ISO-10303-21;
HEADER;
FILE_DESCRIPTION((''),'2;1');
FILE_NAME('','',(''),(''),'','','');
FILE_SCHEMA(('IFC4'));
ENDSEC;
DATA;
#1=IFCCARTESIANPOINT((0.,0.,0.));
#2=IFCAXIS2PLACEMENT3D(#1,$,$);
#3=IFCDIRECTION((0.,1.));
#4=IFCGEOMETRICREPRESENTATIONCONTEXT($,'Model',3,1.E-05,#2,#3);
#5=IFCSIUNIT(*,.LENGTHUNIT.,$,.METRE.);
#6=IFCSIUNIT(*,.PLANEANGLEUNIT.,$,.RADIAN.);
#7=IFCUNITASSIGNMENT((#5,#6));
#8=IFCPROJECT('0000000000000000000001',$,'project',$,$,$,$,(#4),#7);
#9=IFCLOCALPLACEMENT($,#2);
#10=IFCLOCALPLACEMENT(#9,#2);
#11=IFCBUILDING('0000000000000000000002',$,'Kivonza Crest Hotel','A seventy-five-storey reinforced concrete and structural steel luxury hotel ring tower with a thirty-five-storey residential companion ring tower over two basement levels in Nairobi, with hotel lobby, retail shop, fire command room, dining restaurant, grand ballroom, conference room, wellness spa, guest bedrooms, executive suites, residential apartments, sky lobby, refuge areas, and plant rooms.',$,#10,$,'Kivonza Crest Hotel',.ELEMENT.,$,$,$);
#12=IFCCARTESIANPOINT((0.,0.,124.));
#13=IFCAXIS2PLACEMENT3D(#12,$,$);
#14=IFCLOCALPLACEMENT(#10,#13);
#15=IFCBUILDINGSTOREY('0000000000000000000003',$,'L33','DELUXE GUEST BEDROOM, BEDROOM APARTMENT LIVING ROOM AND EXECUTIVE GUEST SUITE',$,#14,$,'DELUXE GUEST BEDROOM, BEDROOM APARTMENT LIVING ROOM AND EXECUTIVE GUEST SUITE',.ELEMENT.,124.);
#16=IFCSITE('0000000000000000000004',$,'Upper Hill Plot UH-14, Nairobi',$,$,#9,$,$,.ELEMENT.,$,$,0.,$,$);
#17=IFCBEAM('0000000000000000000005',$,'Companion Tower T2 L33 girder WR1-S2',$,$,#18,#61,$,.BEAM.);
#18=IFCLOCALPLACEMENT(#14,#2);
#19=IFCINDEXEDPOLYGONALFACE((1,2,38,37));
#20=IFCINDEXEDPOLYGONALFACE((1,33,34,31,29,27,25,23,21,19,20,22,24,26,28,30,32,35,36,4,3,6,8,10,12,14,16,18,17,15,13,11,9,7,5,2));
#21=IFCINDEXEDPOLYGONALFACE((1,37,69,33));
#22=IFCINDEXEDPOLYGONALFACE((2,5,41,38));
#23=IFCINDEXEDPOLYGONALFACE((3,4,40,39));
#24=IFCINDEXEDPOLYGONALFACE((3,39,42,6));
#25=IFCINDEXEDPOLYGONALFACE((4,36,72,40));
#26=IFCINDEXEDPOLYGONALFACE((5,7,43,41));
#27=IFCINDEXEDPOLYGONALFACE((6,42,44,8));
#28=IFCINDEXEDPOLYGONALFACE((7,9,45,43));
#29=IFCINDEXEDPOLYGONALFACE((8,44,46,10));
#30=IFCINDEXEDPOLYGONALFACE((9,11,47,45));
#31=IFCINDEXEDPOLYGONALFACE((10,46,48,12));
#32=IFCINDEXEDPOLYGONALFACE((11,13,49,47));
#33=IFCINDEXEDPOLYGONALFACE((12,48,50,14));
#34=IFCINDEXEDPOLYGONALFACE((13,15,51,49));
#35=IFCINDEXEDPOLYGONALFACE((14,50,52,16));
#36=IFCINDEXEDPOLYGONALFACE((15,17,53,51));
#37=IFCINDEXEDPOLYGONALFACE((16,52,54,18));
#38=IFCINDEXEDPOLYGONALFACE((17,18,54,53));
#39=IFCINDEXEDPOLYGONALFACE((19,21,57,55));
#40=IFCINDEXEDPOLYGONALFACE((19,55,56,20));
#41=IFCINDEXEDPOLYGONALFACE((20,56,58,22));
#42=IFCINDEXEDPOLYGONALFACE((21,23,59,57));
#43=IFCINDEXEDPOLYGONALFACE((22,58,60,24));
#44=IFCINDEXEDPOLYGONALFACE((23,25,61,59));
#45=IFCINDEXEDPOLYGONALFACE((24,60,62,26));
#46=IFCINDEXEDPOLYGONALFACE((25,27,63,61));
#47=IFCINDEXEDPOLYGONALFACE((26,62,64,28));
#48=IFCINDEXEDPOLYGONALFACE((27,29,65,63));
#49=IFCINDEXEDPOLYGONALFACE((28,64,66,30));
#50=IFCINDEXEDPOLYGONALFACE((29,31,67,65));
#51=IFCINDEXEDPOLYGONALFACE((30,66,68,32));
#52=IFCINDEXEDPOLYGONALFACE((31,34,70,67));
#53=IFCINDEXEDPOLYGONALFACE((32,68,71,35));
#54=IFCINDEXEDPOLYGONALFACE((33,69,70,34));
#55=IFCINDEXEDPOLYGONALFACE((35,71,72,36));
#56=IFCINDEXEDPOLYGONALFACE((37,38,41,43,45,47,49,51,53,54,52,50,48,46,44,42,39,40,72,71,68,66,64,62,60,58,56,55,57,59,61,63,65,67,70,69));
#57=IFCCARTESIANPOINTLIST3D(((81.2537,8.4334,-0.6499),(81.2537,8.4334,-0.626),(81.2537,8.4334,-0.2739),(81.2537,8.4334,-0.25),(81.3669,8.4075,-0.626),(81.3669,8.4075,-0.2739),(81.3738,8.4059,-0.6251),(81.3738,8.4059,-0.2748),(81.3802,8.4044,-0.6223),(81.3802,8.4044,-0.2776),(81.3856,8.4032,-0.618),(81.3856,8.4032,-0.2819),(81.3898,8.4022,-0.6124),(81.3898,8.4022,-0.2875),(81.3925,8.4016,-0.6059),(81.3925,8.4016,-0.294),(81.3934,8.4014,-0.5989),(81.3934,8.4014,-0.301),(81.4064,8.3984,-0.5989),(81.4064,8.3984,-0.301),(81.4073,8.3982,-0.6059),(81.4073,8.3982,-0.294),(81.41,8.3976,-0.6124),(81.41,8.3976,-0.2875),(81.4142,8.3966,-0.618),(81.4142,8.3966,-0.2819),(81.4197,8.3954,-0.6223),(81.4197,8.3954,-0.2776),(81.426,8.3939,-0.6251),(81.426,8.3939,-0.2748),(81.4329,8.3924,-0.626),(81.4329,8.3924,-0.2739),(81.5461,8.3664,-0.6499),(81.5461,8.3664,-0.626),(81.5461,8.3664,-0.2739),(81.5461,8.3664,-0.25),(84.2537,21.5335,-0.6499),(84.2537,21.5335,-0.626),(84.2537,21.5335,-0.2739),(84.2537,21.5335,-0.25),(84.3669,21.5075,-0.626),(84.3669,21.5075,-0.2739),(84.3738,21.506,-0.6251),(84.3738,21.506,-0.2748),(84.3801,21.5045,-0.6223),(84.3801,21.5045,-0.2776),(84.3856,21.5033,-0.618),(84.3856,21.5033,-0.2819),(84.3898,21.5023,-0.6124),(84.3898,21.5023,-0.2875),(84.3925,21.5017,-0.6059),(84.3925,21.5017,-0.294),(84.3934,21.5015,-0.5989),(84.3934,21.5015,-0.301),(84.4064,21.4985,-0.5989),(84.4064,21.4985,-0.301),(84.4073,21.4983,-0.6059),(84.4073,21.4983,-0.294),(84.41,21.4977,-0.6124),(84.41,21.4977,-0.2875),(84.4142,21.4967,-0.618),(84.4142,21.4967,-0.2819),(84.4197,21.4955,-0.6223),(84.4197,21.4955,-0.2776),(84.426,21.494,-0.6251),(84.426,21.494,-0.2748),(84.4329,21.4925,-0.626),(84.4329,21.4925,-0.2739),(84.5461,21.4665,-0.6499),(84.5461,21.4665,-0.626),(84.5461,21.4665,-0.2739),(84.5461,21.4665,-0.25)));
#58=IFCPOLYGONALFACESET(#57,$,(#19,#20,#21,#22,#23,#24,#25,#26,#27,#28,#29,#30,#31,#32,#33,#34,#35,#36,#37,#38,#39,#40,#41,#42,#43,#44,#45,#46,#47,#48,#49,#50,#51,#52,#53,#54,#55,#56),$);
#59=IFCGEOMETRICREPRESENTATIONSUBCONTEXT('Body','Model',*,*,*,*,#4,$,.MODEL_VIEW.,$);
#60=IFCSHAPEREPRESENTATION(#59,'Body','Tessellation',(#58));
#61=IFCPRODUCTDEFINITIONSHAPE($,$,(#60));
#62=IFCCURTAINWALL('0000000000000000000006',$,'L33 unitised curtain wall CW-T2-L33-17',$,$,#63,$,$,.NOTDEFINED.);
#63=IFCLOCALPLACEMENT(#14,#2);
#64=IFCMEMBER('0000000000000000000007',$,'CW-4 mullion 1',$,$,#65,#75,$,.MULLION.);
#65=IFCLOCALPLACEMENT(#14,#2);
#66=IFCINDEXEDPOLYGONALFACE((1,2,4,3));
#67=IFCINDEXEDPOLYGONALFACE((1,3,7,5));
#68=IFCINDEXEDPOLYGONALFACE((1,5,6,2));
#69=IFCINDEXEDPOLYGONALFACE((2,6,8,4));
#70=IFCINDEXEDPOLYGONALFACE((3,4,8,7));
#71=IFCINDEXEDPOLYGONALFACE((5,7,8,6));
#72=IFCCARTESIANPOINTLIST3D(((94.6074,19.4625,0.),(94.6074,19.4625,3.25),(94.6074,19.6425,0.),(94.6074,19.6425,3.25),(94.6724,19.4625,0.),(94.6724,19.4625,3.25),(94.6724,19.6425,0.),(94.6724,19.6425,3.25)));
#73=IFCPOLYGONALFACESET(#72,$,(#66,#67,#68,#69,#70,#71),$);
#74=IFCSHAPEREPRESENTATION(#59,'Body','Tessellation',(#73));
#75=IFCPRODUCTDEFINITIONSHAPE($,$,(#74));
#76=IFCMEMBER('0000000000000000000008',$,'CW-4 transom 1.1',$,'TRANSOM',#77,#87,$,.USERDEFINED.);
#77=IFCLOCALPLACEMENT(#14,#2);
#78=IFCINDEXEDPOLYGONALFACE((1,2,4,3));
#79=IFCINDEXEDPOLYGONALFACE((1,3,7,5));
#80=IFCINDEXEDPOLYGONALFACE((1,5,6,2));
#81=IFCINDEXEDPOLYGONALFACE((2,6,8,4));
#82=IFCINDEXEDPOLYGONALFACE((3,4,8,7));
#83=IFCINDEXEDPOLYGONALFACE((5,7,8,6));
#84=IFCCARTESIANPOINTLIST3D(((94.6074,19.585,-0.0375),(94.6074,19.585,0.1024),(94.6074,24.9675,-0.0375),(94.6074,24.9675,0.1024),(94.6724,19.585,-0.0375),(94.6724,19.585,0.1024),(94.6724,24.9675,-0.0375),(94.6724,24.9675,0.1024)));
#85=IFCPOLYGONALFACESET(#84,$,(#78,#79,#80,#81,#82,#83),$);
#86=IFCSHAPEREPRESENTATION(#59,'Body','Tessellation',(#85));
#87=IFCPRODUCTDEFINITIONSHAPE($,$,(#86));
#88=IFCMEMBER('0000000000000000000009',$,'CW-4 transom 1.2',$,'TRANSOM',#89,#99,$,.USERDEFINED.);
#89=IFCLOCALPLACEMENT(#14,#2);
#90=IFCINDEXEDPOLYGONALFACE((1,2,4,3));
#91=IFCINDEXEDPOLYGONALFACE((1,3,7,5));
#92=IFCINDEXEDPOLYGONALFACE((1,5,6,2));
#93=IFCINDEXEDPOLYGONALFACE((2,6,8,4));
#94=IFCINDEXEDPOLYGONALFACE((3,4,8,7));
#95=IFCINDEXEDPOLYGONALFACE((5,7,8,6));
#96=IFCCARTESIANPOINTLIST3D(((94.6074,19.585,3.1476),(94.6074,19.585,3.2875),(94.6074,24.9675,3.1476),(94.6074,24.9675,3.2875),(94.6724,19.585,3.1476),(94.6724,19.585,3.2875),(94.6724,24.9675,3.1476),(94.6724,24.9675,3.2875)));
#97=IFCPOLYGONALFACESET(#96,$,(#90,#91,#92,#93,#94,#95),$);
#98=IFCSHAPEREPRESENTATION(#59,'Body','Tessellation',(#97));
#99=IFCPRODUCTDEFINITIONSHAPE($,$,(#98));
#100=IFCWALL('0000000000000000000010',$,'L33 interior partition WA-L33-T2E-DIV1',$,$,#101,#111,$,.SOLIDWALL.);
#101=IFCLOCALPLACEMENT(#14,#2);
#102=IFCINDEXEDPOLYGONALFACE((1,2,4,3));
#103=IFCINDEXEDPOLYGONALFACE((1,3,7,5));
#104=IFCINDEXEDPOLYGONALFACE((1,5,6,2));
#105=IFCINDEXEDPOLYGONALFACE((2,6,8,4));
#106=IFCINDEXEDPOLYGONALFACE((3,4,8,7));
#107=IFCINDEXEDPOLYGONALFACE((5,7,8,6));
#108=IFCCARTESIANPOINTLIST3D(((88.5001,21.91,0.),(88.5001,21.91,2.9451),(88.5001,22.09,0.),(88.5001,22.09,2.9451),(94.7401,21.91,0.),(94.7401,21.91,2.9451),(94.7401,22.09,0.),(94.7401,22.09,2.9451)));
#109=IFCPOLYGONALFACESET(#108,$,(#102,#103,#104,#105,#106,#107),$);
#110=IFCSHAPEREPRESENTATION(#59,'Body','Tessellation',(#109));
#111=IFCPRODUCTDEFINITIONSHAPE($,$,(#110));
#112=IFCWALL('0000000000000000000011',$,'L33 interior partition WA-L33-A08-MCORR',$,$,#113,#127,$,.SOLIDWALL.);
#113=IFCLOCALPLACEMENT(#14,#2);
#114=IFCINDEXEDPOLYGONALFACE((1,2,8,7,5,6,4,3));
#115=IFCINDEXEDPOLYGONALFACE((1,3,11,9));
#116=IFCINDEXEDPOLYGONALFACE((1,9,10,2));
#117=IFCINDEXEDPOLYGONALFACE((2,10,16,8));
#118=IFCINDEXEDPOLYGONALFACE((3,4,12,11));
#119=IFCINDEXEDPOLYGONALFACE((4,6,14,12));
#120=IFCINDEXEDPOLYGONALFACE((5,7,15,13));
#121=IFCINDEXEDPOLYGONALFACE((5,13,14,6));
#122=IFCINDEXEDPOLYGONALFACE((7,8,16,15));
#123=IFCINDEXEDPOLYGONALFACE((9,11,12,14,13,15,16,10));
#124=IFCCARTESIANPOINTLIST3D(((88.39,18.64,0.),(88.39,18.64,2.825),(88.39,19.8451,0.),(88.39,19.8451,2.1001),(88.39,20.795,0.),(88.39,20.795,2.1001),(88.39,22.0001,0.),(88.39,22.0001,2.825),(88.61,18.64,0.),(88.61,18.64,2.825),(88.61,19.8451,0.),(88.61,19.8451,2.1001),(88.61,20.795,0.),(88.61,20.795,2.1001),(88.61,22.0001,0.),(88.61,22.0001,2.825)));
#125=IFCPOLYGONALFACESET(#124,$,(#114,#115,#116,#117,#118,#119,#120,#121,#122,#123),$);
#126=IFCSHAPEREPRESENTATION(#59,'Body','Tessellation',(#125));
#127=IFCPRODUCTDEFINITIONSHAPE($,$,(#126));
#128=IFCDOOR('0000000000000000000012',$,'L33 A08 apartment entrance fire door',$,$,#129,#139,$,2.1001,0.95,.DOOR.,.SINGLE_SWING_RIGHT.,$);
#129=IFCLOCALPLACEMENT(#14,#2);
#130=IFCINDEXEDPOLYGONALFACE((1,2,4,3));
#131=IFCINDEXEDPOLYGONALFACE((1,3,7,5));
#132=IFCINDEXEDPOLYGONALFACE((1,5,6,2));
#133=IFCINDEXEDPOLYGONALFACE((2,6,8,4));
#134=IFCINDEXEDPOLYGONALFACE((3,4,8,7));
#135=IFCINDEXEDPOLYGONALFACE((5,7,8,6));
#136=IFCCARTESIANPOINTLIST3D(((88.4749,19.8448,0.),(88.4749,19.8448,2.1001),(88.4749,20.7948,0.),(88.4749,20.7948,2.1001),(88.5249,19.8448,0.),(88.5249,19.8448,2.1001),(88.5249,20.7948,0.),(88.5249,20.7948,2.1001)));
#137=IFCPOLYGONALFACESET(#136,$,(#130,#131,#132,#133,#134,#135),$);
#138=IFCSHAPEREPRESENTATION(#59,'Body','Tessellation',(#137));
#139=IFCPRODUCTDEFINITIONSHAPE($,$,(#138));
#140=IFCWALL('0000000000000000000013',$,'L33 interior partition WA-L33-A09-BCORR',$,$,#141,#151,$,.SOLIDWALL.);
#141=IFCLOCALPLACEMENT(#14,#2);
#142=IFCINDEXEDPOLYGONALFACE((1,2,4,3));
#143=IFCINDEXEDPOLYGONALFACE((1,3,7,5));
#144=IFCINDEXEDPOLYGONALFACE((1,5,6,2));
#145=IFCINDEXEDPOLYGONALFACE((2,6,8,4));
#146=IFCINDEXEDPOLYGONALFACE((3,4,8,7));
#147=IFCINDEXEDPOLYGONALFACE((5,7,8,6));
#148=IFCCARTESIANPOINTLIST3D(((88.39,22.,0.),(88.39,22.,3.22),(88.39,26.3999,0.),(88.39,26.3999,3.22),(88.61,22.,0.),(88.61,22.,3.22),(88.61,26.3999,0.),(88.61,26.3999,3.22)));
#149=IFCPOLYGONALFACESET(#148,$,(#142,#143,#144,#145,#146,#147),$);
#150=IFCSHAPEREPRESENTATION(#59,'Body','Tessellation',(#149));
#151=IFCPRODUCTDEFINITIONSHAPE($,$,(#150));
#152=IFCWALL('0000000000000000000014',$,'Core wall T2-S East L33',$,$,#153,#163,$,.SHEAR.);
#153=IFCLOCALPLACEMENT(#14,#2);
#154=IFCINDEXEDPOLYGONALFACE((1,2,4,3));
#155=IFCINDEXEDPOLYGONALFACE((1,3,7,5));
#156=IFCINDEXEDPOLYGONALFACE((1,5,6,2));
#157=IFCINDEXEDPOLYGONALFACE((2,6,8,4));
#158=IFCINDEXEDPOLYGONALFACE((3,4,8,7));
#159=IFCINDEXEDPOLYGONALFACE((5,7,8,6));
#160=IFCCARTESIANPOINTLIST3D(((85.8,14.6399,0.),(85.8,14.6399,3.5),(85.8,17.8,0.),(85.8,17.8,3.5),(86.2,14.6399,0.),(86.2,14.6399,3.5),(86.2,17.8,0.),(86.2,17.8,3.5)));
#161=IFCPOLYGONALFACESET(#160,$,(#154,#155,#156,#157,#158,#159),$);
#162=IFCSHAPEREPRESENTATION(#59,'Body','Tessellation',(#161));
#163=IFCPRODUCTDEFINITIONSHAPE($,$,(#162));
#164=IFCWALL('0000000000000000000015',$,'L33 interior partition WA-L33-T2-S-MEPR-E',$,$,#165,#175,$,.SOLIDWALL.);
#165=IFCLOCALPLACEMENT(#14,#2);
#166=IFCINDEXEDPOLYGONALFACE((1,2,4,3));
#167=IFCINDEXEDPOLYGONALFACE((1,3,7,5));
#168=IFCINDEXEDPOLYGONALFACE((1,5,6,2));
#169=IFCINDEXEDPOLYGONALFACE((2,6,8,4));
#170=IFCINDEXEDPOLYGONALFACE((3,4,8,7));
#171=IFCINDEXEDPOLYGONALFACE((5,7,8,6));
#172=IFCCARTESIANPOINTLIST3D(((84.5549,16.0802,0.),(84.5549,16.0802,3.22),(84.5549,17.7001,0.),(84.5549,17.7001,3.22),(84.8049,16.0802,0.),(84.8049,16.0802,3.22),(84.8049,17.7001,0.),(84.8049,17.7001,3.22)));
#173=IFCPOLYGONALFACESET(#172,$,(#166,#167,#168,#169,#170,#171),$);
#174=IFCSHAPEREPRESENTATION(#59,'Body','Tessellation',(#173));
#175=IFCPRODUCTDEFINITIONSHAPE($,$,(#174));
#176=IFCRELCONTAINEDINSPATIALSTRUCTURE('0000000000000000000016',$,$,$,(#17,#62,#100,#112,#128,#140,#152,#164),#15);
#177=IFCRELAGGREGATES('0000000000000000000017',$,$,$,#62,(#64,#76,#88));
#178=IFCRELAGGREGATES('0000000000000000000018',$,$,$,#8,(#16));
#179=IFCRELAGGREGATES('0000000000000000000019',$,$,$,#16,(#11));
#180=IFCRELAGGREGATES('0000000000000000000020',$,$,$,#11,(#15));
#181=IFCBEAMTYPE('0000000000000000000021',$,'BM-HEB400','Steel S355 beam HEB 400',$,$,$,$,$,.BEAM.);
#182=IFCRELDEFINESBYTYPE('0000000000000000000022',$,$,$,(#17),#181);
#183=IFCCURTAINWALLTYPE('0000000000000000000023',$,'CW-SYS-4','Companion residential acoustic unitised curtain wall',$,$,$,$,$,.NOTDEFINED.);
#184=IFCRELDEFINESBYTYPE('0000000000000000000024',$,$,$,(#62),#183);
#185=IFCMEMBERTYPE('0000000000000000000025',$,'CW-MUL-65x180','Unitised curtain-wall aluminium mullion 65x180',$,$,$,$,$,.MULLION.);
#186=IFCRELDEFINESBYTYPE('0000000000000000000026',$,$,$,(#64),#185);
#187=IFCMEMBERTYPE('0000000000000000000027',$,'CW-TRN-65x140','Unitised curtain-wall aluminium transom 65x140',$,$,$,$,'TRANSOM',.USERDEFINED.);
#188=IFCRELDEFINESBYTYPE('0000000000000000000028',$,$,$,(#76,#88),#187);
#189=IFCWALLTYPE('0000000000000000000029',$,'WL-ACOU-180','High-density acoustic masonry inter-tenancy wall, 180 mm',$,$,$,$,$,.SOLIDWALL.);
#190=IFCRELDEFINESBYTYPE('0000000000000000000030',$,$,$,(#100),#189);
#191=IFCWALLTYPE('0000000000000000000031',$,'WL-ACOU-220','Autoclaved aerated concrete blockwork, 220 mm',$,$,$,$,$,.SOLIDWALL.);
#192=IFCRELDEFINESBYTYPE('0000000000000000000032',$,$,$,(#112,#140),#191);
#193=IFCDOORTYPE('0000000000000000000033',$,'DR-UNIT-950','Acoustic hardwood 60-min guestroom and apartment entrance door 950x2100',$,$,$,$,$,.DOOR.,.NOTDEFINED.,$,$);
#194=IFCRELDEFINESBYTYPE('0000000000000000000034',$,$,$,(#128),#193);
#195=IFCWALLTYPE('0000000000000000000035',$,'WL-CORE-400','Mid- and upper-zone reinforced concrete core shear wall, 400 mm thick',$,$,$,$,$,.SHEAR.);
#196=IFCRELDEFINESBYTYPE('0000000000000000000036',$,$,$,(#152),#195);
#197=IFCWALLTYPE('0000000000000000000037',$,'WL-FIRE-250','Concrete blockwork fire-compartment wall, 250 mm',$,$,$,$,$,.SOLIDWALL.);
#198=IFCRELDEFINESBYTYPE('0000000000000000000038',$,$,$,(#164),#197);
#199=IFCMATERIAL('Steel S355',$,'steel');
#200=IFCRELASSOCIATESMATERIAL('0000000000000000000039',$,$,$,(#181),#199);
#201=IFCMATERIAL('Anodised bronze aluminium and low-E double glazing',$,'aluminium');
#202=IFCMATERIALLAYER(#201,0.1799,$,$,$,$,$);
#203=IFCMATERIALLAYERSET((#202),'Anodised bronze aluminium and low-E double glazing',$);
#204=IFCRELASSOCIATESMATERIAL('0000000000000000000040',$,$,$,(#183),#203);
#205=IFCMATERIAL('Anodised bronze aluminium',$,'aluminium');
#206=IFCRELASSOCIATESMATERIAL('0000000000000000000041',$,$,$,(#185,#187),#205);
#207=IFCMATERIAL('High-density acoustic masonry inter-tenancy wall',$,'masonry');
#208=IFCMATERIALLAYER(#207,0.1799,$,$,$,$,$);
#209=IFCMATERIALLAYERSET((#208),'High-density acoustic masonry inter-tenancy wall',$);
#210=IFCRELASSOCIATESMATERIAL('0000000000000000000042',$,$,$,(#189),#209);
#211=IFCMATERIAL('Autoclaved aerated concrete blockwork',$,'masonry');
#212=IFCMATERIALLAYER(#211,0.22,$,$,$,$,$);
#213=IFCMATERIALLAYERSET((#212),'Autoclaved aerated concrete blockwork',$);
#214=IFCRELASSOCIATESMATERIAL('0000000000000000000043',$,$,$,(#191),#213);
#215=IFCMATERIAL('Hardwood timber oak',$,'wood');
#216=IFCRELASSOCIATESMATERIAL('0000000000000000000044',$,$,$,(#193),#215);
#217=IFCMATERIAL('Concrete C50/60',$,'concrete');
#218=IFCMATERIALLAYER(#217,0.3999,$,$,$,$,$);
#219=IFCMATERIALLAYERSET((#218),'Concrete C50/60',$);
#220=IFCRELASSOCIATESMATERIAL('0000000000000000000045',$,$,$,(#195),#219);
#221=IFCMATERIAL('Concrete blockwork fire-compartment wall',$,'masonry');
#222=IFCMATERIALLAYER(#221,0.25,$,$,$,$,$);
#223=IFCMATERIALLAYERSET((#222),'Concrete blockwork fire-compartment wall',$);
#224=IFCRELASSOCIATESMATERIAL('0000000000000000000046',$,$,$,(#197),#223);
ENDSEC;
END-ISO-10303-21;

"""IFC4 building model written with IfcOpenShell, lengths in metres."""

from ifc_helpers import new_model, si_unit, direction, frame, frame_2d, origin, origin_2d, place, context, subcontext, project, spatial, rectangle, i_section, extrude, material, layer, layer_set, material_profile, profile_set, type_object, element, fill, aggregate, save


model = new_model("IFC4")

# Units and contexts
model_context = context("Model", 3, precision=1e-05, world=origin(), true_north=direction((0.0, 1.0)))
body_context = subcontext(model_context, "Body", "Model", "MODEL_VIEW")
ifc_project = project(units=[si_unit("LENGTHUNIT", "METRE"), si_unit("PLANEANGLEUNIT", "RADIAN")], contexts=[model_context])

# Site, building, storey
site_placement = place(None, origin())
site = spatial("IfcSite", under=ifc_project, at=site_placement, Name="Upper Hill Plot UH-14, Nairobi", CompositionType="ELEMENT", RefElevation=0.0)
building_placement = place(site_placement, origin())
building = spatial("IfcBuilding", under=site, at=building_placement, Name="Kivonza Crest Hotel", Description="A seventy-five-storey reinforced concrete and structural steel luxury hotel ring tower with a thirty-five-storey residential companion ring tower over two basement levels in Nairobi, with hotel lobby, retail shop, fire command room, dining restaurant, grand ballroom, conference room, wellness spa, guest bedrooms, executive suites, residential apartments, sky lobby, refuge areas, and plant rooms.", LongName="Kivonza Crest Hotel", CompositionType="ELEMENT")
storey_placement = place(building_placement, frame((0.0, 0.0, 124.0)))
storey = spatial("IfcBuildingStorey", under=building, at=storey_placement, Name="L33", Description="DELUXE GUEST BEDROOM, BEDROOM APARTMENT LIVING ROOM AND EXECUTIVE GUEST SUITE", LongName="DELUXE GUEST BEDROOM, BEDROOM APARTMENT LIVING ROOM AND EXECUTIVE GUEST SUITE", CompositionType="ELEMENT", Elevation=124.0)

# Shared definitions
ifc_material_1 = material(Name="Concrete C50/60", Category="concrete")

# Beam
ifc_material_2 = material(Name="Steel S355", Category="steel")
ifc_material_profile_1 = material_profile(ifc_material_2, i_section(OverallWidth=0.3, OverallDepth=0.3999, WebThickness=0.0134, FlangeThickness=0.0239, FilletRadius=0.0271, at=origin_2d()), Name="HEB 400")
ifc_profile_set_1 = profile_set([ifc_material_profile_1], Name="Steel S355")
beam_type_1 = type_object("IfcBeamType", Name="BM-HEB400", Description="Steel S355 beam HEB 400", PredefinedType="BEAM", material=ifc_profile_set_1)
beam_1_placement = place(storey_placement, frame((84.3999, 21.5, -0.45), z_axis=(-0.223227, -0.974766, 0.0), x_axis=(0.974766, -0.223227, 0.0)))
element("IfcBeam", 1, at=beam_1_placement, inside=storey, type_object=beam_type_1, Name="Companion Tower T2 L33 girder WR1-S2", PredefinedType="BEAM", context=body_context, shape_type="SweptSolid", body=[
    extrude(i_section(OverallWidth=0.3, OverallDepth=0.3999, WebThickness=0.0134, FlangeThickness=0.0239, FilletRadius=0.0271, at=origin_2d()), origin(), (0.0, 0.0, 1.0), 13.4392),
])

# Curtain wall, members
ifc_material_3 = material(Name="Anodised bronze aluminium and low-E double glazing", Category="aluminium")
ifc_layer_1 = layer(ifc_material_3, 0.1799)
ifc_layer_set_1 = layer_set([ifc_layer_1], Name="Anodised bronze aluminium and low-E double glazing")
curtain_wall_type = type_object("IfcCurtainWallType", Name="CW-SYS-4", Description="Companion residential acoustic unitised curtain wall", PredefinedType="NOTDEFINED", material=ifc_layer_set_1)
curtain_wall_placement = place(storey_placement, origin())
curtain_wall = element("IfcCurtainWall", 2, at=curtain_wall_placement, inside=storey, type_object=curtain_wall_type, Name="L33 unitised curtain wall CW-T2-L33-17", PredefinedType="NOTDEFINED")
ifc_material_4 = material(Name="Anodised bronze aluminium", Category="aluminium")
ifc_material_profile_2 = material_profile(ifc_material_4, rectangle(XDim=0.0649, YDim=0.1799, at=origin_2d()), Name="CW-M 65x180")
ifc_profile_set_2 = profile_set([ifc_material_profile_2], Name="Anodised bronze aluminium")
member_type_1 = type_object("IfcMemberType", Name="CW-MUL-65x180", Description="Unitised curtain-wall aluminium mullion 65x180", PredefinedType="MULLION", material=ifc_profile_set_2)
member_1_placement = place(storey_placement, frame((94.6399, 19.5525, 0.0), z_axis=(0.0, 0.0, 1.0), x_axis=(-1.0, 0.0, 0.0)))
member_1 = element("IfcMember", 3, at=member_1_placement, type_object=member_type_1, Name="CW-4 mullion 1", PredefinedType="MULLION", context=body_context, shape_type="SweptSolid", body=[
    extrude(rectangle(XDim=0.0649, YDim=0.1799, at=origin_2d()), origin(), (0.0, 0.0, 1.0), 3.25),
])
ifc_material_profile_3 = material_profile(ifc_material_4, rectangle(XDim=0.0649, YDim=0.1399, at=origin_2d()), Name="CW-T 65x140")
ifc_profile_set_3 = profile_set([ifc_material_profile_3], Name="Anodised bronze aluminium")
member_type_2 = type_object("IfcMemberType", Name="CW-TRN-65x140", Description="Unitised curtain-wall aluminium transom 65x140", ElementType="TRANSOM", PredefinedType="USERDEFINED", material=ifc_profile_set_3)
member_2_placement = place(storey_placement, frame((94.6399, 19.585, 0.0325), z_axis=(0.0, 1.0, 0.0), x_axis=(-1.0, 0.0, 0.0)))
member_2 = element("IfcMember", 4, at=member_2_placement, type_object=member_type_2, Name="CW-4 transom 1.1", ObjectType="TRANSOM", PredefinedType="USERDEFINED", context=body_context, shape_type="SweptSolid", body=[
    extrude(rectangle(XDim=0.0649, YDim=0.1399, at=origin_2d()), origin(), (0.0, 0.0, 1.0), 5.3826),
])
member_3_placement = place(storey_placement, frame((94.6399, 19.585, 3.2175), z_axis=(0.0, 1.0, 0.0), x_axis=(-1.0, 0.0, 0.0)))
member_3 = element("IfcMember", 5, at=member_3_placement, type_object=member_type_2, Name="CW-4 transom 1.2", ObjectType="TRANSOM", PredefinedType="USERDEFINED", context=body_context, shape_type="SweptSolid", body=[
    extrude(rectangle(XDim=0.0649, YDim=0.1399, at=origin_2d()), origin(), (0.0, 0.0, 1.0), 5.3826),
])
aggregate(curtain_wall, [member_1, member_2, member_3])

# Wall
ifc_material_5 = material(Name="High-density acoustic masonry inter-tenancy wall", Category="masonry")
ifc_layer_2 = layer(ifc_material_5, 0.1799)
ifc_layer_set_2 = layer_set([ifc_layer_2], Name="High-density acoustic masonry inter-tenancy wall")
wall_type_1 = type_object("IfcWallType", Name="WL-ACOU-180", Description="High-density acoustic masonry inter-tenancy wall, 180 mm", PredefinedType="SOLIDWALL", material=ifc_layer_set_2)
wall_1_placement = place(storey_placement, frame((88.5, 22.0, 0.0), z_axis=(0.0, 0.0, 1.0), x_axis=(1.0, 0.0, 0.0)))
element("IfcWall", 6, at=wall_1_placement, inside=storey, type_object=wall_type_1, Name="L33 interior partition WA-L33-T2E-DIV1", PredefinedType="SOLIDWALL", context=body_context, shape_type="SweptSolid", body=[
    extrude(rectangle(XDim=6.24, YDim=0.1799, at=frame_2d((3.1201, 0.0))), origin(), (0.0, 0.0, 1.0), 2.9451),
])

# Wall, opening, door
ifc_material_6 = material(Name="Autoclaved aerated concrete blockwork", Category="masonry")
ifc_layer_3 = layer(ifc_material_6, 0.22)
ifc_layer_set_3 = layer_set([ifc_layer_3], Name="Autoclaved aerated concrete blockwork")
wall_type_2 = type_object("IfcWallType", Name="WL-ACOU-220", Description="Autoclaved aerated concrete blockwork, 220 mm", PredefinedType="SOLIDWALL", material=ifc_layer_set_3)
wall_2_placement = place(storey_placement, frame((88.5, 18.6399, 0.0), z_axis=(0.0, 0.0, 1.0), x_axis=(0.0, 1.0, 0.0)))
wall_2 = element("IfcWall", 7, at=wall_2_placement, inside=storey, type_object=wall_type_2, Name="L33 interior partition WA-L33-A08-MCORR", PredefinedType="SOLIDWALL", context=body_context, shape_type="SweptSolid", body=[
    extrude(rectangle(XDim=3.3601, YDim=0.22, at=frame_2d((1.6802, 0.0))), origin(), (0.0, 0.0, 1.0), 2.825),
])
opening_1_placement = place(wall_2_placement, frame((1.2051, 0.0, 0.0)))
opening_1 = element("IfcOpeningElement", 8, at=opening_1_placement, cuts=wall_2, PredefinedType="OPENING", context=body_context, shape_type="SweptSolid", body=[
    extrude(rectangle(XDim=0.95, YDim=2.1001, at=frame_2d((0.4751, 1.05))), frame((0.0, 0.1201, 0.0), z_axis=(0.0, -1.0, 0.0), x_axis=(1.0, 0.0, 0.0)), (0.0, 0.0, 1.0), 0.24),
])
ifc_material_7 = material(Name="Hardwood timber oak", Category="wood")
door_type_1 = type_object("IfcDoorType", Name="DR-UNIT-950", Description="Acoustic hardwood 60-min guestroom and apartment entrance door 950x2100", OperationType="NOTDEFINED", PredefinedType="DOOR", material=ifc_material_7)
door_1_placement = place(opening_1_placement, frame((0.95, 0.0, 0.0), z_axis=(0.0, 0.0, 1.0), x_axis=(-1.0, 0.0, 0.0)))
door_1 = element("IfcDoor", 9, at=door_1_placement, inside=storey, type_object=door_type_1, Name="L33 A08 apartment entrance fire door", OperationType="SINGLE_SWING_RIGHT", OverallHeight=2.1001, OverallWidth=0.95, PredefinedType="DOOR", context=body_context, shape_type="SweptSolid", body=[
    extrude(rectangle(XDim=0.95, YDim=2.1001, at=frame_2d((0.4751, 1.05))), frame((0.0, 0.0249, 0.0), z_axis=(0.0, -1.0, 0.0), x_axis=(1.0, 0.0, 0.0)), (0.0, 0.0, 1.0), 0.05),
])
fill(opening_1, door_1)

# Walls
wall_3_placement = place(storey_placement, frame((88.5, 22.0, 0.0), z_axis=(0.0, 0.0, 1.0), x_axis=(0.0, 1.0, 0.0)))
element("IfcWall", 10, at=wall_3_placement, inside=storey, type_object=wall_type_2, Name="L33 interior partition WA-L33-A09-BCORR", PredefinedType="SOLIDWALL", context=body_context, shape_type="SweptSolid", body=[
    extrude(rectangle(XDim=4.3999, YDim=0.22, at=frame_2d((2.2, 0.0))), origin(), (0.0, 0.0, 1.0), 3.22),
])
ifc_layer_4 = layer(ifc_material_1, 0.3999)
ifc_layer_set_4 = layer_set([ifc_layer_4], Name="Concrete C50/60")
wall_type_3 = type_object("IfcWallType", Name="WL-CORE-400", Description="Mid- and upper-zone reinforced concrete core shear wall, 400 mm thick", PredefinedType="SHEAR", material=ifc_layer_set_4)
wall_4_placement = place(storey_placement, frame((86.0, 14.6399, 0.0), z_axis=(0.0, 0.0, 1.0), x_axis=(0.0, 1.0, 0.0)))
element("IfcWall", 11, at=wall_4_placement, inside=storey, type_object=wall_type_3, Name="Core wall T2-S East L33", PredefinedType="SHEAR", context=body_context, shape_type="SweptSolid", body=[
    extrude(rectangle(XDim=3.1602, YDim=0.3999, at=frame_2d((1.5801, 0.0))), origin(), (0.0, 0.0, 1.0), 3.5),
])
ifc_material_8 = material(Name="Concrete blockwork fire-compartment wall", Category="masonry")
ifc_layer_5 = layer(ifc_material_8, 0.25)
ifc_layer_set_5 = layer_set([ifc_layer_5], Name="Concrete blockwork fire-compartment wall")
wall_type_4 = type_object("IfcWallType", Name="WL-FIRE-250", Description="Concrete blockwork fire-compartment wall, 250 mm", PredefinedType="SOLIDWALL", material=ifc_layer_set_5)
wall_5_placement = place(storey_placement, frame((84.6799, 16.0801, 0.0), z_axis=(0.0, 0.0, 1.0), x_axis=(0.0, 1.0, 0.0)))
element("IfcWall", 12, at=wall_5_placement, inside=storey, type_object=wall_type_4, Name="L33 interior partition WA-L33-T2-S-MEPR-E", PredefinedType="SOLIDWALL", context=body_context, shape_type="SweptSolid", body=[
    extrude(rectangle(XDim=1.6199, YDim=0.25, at=frame_2d((0.8101, 0.0))), origin(), (0.0, 0.0, 1.0), 3.22),
])

save(model, "model.ifc")
